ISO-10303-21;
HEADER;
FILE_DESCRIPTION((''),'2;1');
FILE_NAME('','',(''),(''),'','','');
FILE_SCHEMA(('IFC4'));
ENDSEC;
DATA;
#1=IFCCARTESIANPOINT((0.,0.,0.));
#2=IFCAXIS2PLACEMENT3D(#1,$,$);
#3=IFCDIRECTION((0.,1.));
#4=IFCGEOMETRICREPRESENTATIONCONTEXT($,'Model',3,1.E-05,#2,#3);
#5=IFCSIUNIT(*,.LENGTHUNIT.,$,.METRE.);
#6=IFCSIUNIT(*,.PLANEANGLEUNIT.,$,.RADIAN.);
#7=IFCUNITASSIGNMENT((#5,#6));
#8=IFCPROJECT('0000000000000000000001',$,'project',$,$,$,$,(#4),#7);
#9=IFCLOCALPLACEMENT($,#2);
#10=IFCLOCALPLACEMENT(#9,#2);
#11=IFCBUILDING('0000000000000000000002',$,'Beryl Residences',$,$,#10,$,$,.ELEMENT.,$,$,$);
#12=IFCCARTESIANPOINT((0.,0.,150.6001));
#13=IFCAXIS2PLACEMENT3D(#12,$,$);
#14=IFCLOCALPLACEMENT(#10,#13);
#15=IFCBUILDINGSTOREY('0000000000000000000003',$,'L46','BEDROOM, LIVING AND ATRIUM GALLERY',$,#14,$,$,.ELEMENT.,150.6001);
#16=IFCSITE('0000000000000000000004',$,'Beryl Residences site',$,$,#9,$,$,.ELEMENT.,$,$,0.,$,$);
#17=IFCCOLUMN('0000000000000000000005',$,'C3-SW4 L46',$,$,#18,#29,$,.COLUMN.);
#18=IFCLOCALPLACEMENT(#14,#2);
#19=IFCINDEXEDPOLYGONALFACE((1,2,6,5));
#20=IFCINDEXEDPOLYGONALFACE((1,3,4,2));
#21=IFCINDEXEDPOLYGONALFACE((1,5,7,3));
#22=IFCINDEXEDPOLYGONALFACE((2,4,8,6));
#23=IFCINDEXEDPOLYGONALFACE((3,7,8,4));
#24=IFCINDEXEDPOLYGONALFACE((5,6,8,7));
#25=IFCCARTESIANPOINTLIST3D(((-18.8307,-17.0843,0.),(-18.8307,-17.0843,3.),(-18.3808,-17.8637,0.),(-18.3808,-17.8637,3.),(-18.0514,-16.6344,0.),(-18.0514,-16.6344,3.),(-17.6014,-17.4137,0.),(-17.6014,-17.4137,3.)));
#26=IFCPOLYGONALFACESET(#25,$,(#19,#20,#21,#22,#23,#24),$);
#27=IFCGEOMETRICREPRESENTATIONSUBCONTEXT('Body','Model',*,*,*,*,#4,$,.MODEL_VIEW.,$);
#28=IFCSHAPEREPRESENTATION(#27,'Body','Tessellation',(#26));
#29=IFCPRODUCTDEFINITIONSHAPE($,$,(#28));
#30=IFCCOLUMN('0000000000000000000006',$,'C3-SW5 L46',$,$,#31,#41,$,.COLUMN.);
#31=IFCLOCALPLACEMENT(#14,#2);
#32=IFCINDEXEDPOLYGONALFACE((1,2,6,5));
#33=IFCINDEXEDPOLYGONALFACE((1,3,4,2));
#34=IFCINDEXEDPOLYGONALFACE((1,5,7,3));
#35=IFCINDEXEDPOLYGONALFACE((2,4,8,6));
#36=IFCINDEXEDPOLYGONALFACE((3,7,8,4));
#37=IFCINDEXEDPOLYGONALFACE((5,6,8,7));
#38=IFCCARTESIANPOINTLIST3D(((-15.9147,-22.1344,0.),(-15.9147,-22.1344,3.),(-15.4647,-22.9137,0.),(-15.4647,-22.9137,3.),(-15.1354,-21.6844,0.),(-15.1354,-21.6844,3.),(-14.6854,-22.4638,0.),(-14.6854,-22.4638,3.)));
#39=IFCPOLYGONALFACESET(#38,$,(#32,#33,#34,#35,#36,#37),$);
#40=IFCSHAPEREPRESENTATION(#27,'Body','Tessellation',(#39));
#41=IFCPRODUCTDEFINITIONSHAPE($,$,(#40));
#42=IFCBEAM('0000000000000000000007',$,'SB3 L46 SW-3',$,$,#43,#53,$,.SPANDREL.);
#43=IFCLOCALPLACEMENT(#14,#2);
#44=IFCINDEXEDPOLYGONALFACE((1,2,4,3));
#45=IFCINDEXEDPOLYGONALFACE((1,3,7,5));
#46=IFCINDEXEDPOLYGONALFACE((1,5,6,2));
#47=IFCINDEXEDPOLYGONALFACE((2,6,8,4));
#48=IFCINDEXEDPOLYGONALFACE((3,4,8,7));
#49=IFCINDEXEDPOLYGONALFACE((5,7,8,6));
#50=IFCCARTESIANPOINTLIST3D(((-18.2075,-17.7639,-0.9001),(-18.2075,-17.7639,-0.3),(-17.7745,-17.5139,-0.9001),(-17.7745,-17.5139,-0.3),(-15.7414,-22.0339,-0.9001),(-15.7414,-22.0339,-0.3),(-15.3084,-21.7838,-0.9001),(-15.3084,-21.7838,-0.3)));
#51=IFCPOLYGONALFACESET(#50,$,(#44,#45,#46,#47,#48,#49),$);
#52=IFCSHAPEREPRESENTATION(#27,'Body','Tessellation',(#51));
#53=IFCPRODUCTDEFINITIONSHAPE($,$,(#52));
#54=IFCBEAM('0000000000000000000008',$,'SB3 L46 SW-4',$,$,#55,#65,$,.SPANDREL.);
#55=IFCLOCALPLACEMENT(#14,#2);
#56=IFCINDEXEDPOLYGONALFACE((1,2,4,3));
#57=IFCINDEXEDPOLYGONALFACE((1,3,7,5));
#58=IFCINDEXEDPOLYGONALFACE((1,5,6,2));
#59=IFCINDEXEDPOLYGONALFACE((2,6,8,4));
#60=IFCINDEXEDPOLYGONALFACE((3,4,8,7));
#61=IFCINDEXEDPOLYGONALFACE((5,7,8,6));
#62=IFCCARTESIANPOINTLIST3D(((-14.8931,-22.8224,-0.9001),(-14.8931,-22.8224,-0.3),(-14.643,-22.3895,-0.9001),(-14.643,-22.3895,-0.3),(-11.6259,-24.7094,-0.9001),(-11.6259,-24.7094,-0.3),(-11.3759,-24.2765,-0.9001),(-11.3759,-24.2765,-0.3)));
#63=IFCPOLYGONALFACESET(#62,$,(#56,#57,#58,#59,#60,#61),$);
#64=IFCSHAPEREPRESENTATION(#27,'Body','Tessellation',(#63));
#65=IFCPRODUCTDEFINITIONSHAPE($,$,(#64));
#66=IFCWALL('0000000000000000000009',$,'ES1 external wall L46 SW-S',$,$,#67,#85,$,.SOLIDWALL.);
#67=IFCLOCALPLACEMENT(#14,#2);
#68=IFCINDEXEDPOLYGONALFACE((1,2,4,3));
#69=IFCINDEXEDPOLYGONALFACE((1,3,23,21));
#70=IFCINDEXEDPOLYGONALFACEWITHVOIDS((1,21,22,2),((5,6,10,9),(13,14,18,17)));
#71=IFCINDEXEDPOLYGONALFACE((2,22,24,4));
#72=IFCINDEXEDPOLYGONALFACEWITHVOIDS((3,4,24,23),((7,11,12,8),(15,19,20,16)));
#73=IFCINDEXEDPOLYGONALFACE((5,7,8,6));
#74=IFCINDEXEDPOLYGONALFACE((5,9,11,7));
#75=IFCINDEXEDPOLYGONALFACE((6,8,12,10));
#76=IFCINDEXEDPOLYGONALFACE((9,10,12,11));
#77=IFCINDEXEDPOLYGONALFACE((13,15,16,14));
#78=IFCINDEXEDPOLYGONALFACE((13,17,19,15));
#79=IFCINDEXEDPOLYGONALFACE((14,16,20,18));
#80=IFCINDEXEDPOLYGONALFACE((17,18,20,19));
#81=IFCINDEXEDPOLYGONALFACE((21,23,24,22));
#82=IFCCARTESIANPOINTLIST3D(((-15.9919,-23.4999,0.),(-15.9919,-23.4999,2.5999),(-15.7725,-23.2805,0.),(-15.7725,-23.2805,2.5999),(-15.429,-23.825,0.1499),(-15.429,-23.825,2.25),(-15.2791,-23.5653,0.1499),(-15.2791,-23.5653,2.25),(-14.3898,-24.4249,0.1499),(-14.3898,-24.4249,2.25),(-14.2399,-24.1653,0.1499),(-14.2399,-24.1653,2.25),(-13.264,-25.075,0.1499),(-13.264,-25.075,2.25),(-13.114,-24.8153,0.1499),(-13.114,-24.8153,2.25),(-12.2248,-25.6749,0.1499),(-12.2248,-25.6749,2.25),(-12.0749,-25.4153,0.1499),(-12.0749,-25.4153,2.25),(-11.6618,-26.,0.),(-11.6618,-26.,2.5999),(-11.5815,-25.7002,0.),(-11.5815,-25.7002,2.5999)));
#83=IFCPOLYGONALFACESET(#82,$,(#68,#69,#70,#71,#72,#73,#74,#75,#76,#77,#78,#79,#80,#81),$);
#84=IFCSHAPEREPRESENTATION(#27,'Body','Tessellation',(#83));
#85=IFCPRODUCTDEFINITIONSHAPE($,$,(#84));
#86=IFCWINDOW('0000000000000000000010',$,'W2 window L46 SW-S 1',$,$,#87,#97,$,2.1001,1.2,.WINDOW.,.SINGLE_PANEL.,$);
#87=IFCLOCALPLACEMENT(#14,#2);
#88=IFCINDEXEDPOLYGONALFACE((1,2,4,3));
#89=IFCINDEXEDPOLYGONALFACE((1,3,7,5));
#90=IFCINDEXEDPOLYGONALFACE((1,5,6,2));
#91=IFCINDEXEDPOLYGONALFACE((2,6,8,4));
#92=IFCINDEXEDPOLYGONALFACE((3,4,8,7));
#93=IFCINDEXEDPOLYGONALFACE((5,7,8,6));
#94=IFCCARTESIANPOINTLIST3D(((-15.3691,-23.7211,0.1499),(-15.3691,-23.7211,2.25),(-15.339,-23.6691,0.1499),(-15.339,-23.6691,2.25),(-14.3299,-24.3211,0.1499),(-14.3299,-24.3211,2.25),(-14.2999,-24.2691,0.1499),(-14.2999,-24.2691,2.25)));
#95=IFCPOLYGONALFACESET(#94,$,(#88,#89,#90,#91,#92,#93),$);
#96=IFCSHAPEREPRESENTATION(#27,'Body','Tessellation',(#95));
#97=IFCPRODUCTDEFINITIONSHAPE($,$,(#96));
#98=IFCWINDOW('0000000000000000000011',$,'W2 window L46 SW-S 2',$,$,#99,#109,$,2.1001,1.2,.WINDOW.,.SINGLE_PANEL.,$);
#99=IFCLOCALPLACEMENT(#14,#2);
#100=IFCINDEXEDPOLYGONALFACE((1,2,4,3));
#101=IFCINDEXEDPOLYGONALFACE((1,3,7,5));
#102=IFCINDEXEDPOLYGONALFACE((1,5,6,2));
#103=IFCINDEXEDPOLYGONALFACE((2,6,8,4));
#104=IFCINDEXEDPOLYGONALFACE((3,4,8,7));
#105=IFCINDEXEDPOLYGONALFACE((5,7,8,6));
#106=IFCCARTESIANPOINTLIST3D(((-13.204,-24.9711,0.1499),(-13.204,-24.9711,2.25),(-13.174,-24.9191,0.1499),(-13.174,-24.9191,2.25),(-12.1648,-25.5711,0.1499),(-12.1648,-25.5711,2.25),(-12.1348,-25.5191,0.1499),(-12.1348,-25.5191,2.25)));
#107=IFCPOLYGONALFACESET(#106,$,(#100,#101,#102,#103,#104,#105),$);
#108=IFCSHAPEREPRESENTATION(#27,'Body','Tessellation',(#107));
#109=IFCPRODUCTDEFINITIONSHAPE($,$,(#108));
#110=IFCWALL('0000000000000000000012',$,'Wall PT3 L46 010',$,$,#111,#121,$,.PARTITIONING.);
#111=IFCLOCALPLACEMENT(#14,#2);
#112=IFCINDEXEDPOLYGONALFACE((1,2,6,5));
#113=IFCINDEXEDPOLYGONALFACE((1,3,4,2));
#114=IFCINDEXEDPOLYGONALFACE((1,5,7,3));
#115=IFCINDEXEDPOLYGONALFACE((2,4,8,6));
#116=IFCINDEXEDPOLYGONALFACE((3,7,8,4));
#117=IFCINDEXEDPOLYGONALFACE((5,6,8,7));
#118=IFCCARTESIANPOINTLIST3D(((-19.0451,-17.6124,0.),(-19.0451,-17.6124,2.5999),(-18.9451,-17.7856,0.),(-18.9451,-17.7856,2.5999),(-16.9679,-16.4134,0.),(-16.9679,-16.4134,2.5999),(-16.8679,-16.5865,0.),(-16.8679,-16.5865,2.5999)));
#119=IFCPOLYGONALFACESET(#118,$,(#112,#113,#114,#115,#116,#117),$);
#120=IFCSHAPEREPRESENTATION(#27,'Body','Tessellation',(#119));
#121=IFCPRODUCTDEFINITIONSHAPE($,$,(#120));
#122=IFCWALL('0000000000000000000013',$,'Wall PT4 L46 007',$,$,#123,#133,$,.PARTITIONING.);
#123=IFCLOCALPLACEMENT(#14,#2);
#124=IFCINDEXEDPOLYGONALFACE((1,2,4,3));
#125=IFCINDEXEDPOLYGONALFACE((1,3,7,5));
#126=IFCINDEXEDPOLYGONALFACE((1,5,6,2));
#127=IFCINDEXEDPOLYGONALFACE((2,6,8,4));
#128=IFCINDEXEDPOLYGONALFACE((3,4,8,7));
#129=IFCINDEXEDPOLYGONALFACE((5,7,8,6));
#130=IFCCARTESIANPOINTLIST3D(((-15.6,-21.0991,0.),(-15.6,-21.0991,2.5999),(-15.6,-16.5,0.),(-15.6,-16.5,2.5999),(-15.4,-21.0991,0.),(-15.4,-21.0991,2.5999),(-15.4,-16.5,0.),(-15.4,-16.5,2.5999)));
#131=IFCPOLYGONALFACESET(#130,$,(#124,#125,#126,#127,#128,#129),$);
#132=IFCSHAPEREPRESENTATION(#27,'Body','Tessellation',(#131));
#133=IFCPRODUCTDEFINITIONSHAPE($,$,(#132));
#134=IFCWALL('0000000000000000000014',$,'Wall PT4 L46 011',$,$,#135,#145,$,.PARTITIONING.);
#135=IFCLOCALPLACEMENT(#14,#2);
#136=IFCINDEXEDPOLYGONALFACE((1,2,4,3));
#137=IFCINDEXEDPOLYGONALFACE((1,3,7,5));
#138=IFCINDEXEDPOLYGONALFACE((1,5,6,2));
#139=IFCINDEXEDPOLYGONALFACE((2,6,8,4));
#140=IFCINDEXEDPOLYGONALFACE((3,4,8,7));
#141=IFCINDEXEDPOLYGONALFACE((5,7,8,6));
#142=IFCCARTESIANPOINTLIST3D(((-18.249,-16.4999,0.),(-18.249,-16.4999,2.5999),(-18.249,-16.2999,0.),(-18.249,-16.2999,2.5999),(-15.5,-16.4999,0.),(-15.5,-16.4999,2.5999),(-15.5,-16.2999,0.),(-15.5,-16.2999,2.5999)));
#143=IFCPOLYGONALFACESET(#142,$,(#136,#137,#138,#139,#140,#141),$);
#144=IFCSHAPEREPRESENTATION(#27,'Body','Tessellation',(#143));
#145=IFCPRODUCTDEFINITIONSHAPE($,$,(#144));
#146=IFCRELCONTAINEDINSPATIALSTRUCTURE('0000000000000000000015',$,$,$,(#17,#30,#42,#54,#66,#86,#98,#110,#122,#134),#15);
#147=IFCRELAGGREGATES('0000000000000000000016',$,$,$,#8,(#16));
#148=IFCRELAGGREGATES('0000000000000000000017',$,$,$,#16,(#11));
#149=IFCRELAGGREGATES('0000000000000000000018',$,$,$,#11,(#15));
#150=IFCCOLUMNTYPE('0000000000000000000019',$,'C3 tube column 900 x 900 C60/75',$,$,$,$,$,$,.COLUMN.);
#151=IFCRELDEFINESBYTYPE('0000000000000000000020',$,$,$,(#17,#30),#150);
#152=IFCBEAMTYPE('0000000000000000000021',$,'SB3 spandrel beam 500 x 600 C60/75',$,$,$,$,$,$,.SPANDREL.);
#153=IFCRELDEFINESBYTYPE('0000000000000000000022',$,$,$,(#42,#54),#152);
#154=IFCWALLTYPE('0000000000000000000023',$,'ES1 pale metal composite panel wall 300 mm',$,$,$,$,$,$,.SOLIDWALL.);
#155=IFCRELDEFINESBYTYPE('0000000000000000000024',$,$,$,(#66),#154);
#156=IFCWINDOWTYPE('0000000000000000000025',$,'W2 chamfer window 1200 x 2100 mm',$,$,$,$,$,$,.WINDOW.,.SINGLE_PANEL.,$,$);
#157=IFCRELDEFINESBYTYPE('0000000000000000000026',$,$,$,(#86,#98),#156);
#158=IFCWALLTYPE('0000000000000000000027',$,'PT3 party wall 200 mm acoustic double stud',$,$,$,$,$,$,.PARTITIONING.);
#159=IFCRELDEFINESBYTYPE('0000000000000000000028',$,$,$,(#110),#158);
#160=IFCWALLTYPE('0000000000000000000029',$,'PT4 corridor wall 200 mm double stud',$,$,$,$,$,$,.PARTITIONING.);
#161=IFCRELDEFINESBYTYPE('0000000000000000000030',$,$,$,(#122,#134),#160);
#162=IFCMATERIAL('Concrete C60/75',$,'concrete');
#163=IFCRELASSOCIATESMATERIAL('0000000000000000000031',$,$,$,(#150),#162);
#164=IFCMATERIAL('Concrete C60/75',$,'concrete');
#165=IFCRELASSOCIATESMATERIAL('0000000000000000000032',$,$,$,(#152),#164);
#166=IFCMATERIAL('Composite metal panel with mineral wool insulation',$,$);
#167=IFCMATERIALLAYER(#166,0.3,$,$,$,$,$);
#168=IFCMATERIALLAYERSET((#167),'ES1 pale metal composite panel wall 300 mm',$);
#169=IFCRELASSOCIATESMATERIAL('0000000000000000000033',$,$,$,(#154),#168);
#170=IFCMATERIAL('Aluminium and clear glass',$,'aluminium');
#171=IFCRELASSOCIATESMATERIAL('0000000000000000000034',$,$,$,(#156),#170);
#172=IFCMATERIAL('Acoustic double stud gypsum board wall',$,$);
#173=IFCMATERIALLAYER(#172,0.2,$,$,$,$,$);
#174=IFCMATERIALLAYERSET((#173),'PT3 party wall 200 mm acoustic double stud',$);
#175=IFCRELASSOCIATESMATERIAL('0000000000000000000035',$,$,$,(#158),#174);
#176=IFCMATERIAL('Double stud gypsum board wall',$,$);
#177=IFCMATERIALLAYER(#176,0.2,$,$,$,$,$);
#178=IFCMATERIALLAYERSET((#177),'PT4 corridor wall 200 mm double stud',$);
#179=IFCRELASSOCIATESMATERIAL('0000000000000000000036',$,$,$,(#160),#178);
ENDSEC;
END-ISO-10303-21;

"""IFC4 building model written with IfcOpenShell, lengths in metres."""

from ifc_helpers import new_model, si_unit, direction, frame, frame_2d, origin, origin_2d, place, context, subcontext, project, spatial, polyline, rectangle, outline, extrude, material, layer, layer_set, material_profile, profile_set, type_object, element, fill, save


model = new_model("IFC4")

# Units and contexts
model_context = context("Model", 3, precision=1e-05, world=origin(), true_north=direction((0.0, 1.0)))
body_context = subcontext(model_context, "Body", "Model", "MODEL_VIEW")
ifc_project = project(units=[si_unit("LENGTHUNIT", "METRE"), si_unit("PLANEANGLEUNIT", "RADIAN")], contexts=[model_context])

# Site, building, storey
site_placement = place(None, origin())
site = spatial("IfcSite", under=ifc_project, at=site_placement, Name="Beryl Residences site", CompositionType="ELEMENT", RefElevation=0.0)
building_placement = place(site_placement, origin())
building = spatial("IfcBuilding", under=site, at=building_placement, Name="Beryl Residences", CompositionType="ELEMENT")
storey_placement = place(building_placement, frame((0.0, 0.0, 150.6001)))
storey = spatial("IfcBuildingStorey", under=building, at=storey_placement, Name="L46", Description="BEDROOM, LIVING AND ATRIUM GALLERY", CompositionType="ELEMENT", Elevation=150.6001)

# Columns
ifc_material_1 = material(Name="Concrete C60/75", Category="concrete")
ifc_material_profile_1 = material_profile(ifc_material_1, rectangle(XDim=0.8999, YDim=0.8999, at=origin_2d()))
ifc_profile_set_1 = profile_set([ifc_material_profile_1], Name="Concrete C60/75")
column_type = type_object("IfcColumnType", Name="C3 tube column 900 x 900 C60/75", PredefinedType="COLUMN", material=ifc_profile_set_1)
for number, where, z_axis, x_axis, name in (
    (1, (-18.2161, -17.249, 0.0), (0.0, 0.0, 1.0), (0.5, -0.866025, 0.0), "C3-SW4 L46"),
    (2, (-15.3, -22.2991, 0.0), (0.0, 0.0, 1.0), (0.5, -0.866025, 0.0), "C3-SW5 L46"),
):
    element("IfcColumn", number, at=place(storey_placement, frame(where, z_axis=z_axis, x_axis=x_axis)), inside=storey, type_object=column_type, Name=name, PredefinedType="COLUMN", context=body_context, shape_type="SweptSolid", body=[
        extrude(rectangle(XDim=0.8999, YDim=0.8999, at=origin_2d()), origin(), (0.0, 0.0, 1.0), 3.0),
    ])

# Beams
ifc_material_2 = material(Name="Concrete C60/75", Category="concrete")
ifc_material_profile_2 = material_profile(ifc_material_2, rectangle(XDim=0.5, YDim=0.6001, at=origin_2d()))
ifc_profile_set_2 = profile_set([ifc_material_profile_2], Name="Concrete C60/75")
beam_type = type_object("IfcBeamType", Name="SB3 spandrel beam 500 x 600 C60/75", PredefinedType="SPANDREL", material=ifc_profile_set_2)
beam_1_placement = place(storey_placement, frame((-17.991, -17.6389, -0.6001), z_axis=(0.500117, -0.865958, 0.0), x_axis=(0.865958, 0.500117, 0.0)))
element("IfcBeam", 3, at=beam_1_placement, inside=storey, type_object=beam_type, Name="SB3 L46 SW-3", PredefinedType="SPANDREL", context=body_context, shape_type="SweptSolid", body=[
    extrude(rectangle(XDim=0.5, YDim=0.6001, at=origin_2d()), origin(), (0.0, 0.0, 1.0), 4.9309),
])
beam_2_placement = place(storey_placement, frame((-14.7681, -22.606, -0.6001), z_axis=(0.865944, -0.500141, 0.0), x_axis=(0.500141, 0.865944, 0.0)))
element("IfcBeam", 4, at=beam_2_placement, inside=storey, type_object=beam_type, Name="SB3 L46 SW-4", PredefinedType="SPANDREL", context=body_context, shape_type="SweptSolid", body=[
    extrude(rectangle(XDim=0.5, YDim=0.6001, at=origin_2d()), origin(), (0.0, 0.0, 1.0), 3.7729),
])

# Wall, openings, windows
ifc_material_3 = material(Name="Composite metal panel with mineral wool insulation")
ifc_layer_1 = layer(ifc_material_3, 0.3)
ifc_layer_set_1 = layer_set([ifc_layer_1], Name="ES1 pale metal composite panel wall 300 mm")
wall_type_1 = type_object("IfcWallType", Name="ES1 pale metal composite panel wall 300 mm", PredefinedType="SOLIDWALL", material=ifc_layer_set_1)
wall_1_placement = place(storey_placement, frame((-15.917, -23.3701, 0.0), z_axis=(0.0, 0.0, 1.0), x_axis=(0.866023, -0.500004, 0.0)))
wall_1 = element("IfcWall", 5, at=wall_1_placement, inside=storey, type_object=wall_type_1, Name="ES1 external wall L46 SW-S", PredefinedType="SOLIDWALL", context=body_context, shape_type="SweptSolid", body=[
    extrude(outline(polyline([(0.0, -0.1499), (5.0, -0.1499), (4.9197, 0.1499), (0.0803, 0.1499), (0.0, -0.1499)])), origin(), (0.0, 0.0, 1.0), 2.5999),
])
opening_1_placement = place(wall_1_placement, frame((0.6499, 0.0, 0.1499)))
opening_1 = element("IfcOpeningElement", 6, at=opening_1_placement, cuts=wall_1, PredefinedType="OPENING", context=body_context, shape_type="SweptSolid", body=[
    extrude(rectangle(XDim=1.2, YDim=2.1001, at=frame_2d((0.6001, 1.05))), frame((0.0, 0.1599, 0.0), z_axis=(0.0, -1.0, 0.0), x_axis=(1.0, 0.0, 0.0)), (0.0, 0.0, 1.0), 0.3201),
])
opening_2_placement = place(wall_1_placement, frame((3.1499, 0.0, 0.1499)))
opening_2 = element("IfcOpeningElement", 7, at=opening_2_placement, cuts=wall_1, PredefinedType="OPENING", context=body_context, shape_type="SweptSolid", body=[
    extrude(rectangle(XDim=1.2, YDim=2.1001, at=frame_2d((0.6001, 1.05))), frame((0.0, 0.1599, 0.0), z_axis=(0.0, -1.0, 0.0), x_axis=(1.0, 0.0, 0.0)), (0.0, 0.0, 1.0), 0.3201),
])
ifc_material_4 = material(Name="Aluminium and clear glass", Category="aluminium")
window_type = type_object("IfcWindowType", Name="W2 chamfer window 1200 x 2100 mm", PartitioningType="SINGLE_PANEL", PredefinedType="WINDOW", material=ifc_material_4)
window_1_placement = place(opening_1_placement, origin())
window_1 = element("IfcWindow", 8, at=window_1_placement, inside=storey, type_object=window_type, Name="W2 window L46 SW-S 1", OverallHeight=2.1001, OverallWidth=1.2, PartitioningType="SINGLE_PANEL", PredefinedType="WINDOW", context=body_context, shape_type="SweptSolid", body=[
    extrude(rectangle(XDim=1.2, YDim=2.1001, at=frame_2d((0.6001, 1.05))), frame((0.0, 0.03, 0.0), z_axis=(0.0, -1.0, 0.0), x_axis=(1.0, 0.0, 0.0)), (0.0, 0.0, 1.0), 0.0601),
])
fill(opening_1, window_1)
window_2_placement = place(opening_2_placement, origin())
window_2 = element("IfcWindow", 9, at=window_2_placement, inside=storey, type_object=window_type, Name="W2 window L46 SW-S 2", OverallHeight=2.1001, OverallWidth=1.2, PartitioningType="SINGLE_PANEL", PredefinedType="WINDOW", context=body_context, shape_type="SweptSolid", body=[
    extrude(rectangle(XDim=1.2, YDim=2.1001, at=frame_2d((0.6001, 1.05))), frame((0.0, 0.03, 0.0), z_axis=(0.0, -1.0, 0.0), x_axis=(1.0, 0.0, 0.0)), (0.0, 0.0, 1.0), 0.0601),
])
fill(opening_2, window_2)

# Walls
ifc_material_5 = material(Name="Acoustic double stud gypsum board wall")
ifc_layer_2 = layer(ifc_material_5, 0.2)
ifc_layer_set_2 = layer_set([ifc_layer_2], Name="PT3 party wall 200 mm acoustic double stud")
wall_type_2 = type_object("IfcWallType", Name="PT3 party wall 200 mm acoustic double stud", PredefinedType="PARTITIONING", material=ifc_layer_set_2)
wall_2_placement = place(storey_placement, frame((-18.9951, -17.699, 0.0), z_axis=(0.0, 0.0, 1.0), x_axis=(0.866074, 0.499916, 0.0)))
element("IfcWall", 10, at=wall_2_placement, inside=storey, type_object=wall_type_2, Name="Wall PT3 L46 010", PredefinedType="PARTITIONING", context=body_context, shape_type="SweptSolid", body=[
    extrude(rectangle(XDim=2.3984, YDim=0.2, at=frame_2d((1.1992, 0.0))), origin(), (0.0, 0.0, 1.0), 2.5999),
])
ifc_material_6 = material(Name="Double stud gypsum board wall")
ifc_layer_3 = layer(ifc_material_6, 0.2)
ifc_layer_set_3 = layer_set([ifc_layer_3], Name="PT4 corridor wall 200 mm double stud")
wall_type_3 = type_object("IfcWallType", Name="PT4 corridor wall 200 mm double stud", PredefinedType="PARTITIONING", material=ifc_layer_set_3)
wall_3_placement = place(storey_placement, frame((-15.5, -16.5, 0.0), z_axis=(0.0, 0.0, 1.0), x_axis=(0.0, -1.0, 0.0)))
element("IfcWall", 11, at=wall_3_placement, inside=storey, type_object=wall_type_3, Name="Wall PT4 L46 007", PredefinedType="PARTITIONING", context=body_context, shape_type="SweptSolid", body=[
    extrude(rectangle(XDim=4.5991, YDim=0.2, at=frame_2d((2.2996, 0.0))), origin(), (0.0, 0.0, 1.0), 2.5999),
])
wall_4_placement = place(storey_placement, frame((-18.249, -16.3999, 0.0), z_axis=(0.0, 0.0, 1.0), x_axis=(1.0, 0.0, 0.0)))
element("IfcWall", 12, at=wall_4_placement, inside=storey, type_object=wall_type_3, Name="Wall PT4 L46 011", PredefinedType="PARTITIONING", context=body_context, shape_type="SweptSolid", body=[
    extrude(rectangle(XDim=2.749, YDim=0.2, at=frame_2d((1.3745, 0.0))), origin(), (0.0, 0.0, 1.0), 2.5999),
])

save(model, "model.ifc")
